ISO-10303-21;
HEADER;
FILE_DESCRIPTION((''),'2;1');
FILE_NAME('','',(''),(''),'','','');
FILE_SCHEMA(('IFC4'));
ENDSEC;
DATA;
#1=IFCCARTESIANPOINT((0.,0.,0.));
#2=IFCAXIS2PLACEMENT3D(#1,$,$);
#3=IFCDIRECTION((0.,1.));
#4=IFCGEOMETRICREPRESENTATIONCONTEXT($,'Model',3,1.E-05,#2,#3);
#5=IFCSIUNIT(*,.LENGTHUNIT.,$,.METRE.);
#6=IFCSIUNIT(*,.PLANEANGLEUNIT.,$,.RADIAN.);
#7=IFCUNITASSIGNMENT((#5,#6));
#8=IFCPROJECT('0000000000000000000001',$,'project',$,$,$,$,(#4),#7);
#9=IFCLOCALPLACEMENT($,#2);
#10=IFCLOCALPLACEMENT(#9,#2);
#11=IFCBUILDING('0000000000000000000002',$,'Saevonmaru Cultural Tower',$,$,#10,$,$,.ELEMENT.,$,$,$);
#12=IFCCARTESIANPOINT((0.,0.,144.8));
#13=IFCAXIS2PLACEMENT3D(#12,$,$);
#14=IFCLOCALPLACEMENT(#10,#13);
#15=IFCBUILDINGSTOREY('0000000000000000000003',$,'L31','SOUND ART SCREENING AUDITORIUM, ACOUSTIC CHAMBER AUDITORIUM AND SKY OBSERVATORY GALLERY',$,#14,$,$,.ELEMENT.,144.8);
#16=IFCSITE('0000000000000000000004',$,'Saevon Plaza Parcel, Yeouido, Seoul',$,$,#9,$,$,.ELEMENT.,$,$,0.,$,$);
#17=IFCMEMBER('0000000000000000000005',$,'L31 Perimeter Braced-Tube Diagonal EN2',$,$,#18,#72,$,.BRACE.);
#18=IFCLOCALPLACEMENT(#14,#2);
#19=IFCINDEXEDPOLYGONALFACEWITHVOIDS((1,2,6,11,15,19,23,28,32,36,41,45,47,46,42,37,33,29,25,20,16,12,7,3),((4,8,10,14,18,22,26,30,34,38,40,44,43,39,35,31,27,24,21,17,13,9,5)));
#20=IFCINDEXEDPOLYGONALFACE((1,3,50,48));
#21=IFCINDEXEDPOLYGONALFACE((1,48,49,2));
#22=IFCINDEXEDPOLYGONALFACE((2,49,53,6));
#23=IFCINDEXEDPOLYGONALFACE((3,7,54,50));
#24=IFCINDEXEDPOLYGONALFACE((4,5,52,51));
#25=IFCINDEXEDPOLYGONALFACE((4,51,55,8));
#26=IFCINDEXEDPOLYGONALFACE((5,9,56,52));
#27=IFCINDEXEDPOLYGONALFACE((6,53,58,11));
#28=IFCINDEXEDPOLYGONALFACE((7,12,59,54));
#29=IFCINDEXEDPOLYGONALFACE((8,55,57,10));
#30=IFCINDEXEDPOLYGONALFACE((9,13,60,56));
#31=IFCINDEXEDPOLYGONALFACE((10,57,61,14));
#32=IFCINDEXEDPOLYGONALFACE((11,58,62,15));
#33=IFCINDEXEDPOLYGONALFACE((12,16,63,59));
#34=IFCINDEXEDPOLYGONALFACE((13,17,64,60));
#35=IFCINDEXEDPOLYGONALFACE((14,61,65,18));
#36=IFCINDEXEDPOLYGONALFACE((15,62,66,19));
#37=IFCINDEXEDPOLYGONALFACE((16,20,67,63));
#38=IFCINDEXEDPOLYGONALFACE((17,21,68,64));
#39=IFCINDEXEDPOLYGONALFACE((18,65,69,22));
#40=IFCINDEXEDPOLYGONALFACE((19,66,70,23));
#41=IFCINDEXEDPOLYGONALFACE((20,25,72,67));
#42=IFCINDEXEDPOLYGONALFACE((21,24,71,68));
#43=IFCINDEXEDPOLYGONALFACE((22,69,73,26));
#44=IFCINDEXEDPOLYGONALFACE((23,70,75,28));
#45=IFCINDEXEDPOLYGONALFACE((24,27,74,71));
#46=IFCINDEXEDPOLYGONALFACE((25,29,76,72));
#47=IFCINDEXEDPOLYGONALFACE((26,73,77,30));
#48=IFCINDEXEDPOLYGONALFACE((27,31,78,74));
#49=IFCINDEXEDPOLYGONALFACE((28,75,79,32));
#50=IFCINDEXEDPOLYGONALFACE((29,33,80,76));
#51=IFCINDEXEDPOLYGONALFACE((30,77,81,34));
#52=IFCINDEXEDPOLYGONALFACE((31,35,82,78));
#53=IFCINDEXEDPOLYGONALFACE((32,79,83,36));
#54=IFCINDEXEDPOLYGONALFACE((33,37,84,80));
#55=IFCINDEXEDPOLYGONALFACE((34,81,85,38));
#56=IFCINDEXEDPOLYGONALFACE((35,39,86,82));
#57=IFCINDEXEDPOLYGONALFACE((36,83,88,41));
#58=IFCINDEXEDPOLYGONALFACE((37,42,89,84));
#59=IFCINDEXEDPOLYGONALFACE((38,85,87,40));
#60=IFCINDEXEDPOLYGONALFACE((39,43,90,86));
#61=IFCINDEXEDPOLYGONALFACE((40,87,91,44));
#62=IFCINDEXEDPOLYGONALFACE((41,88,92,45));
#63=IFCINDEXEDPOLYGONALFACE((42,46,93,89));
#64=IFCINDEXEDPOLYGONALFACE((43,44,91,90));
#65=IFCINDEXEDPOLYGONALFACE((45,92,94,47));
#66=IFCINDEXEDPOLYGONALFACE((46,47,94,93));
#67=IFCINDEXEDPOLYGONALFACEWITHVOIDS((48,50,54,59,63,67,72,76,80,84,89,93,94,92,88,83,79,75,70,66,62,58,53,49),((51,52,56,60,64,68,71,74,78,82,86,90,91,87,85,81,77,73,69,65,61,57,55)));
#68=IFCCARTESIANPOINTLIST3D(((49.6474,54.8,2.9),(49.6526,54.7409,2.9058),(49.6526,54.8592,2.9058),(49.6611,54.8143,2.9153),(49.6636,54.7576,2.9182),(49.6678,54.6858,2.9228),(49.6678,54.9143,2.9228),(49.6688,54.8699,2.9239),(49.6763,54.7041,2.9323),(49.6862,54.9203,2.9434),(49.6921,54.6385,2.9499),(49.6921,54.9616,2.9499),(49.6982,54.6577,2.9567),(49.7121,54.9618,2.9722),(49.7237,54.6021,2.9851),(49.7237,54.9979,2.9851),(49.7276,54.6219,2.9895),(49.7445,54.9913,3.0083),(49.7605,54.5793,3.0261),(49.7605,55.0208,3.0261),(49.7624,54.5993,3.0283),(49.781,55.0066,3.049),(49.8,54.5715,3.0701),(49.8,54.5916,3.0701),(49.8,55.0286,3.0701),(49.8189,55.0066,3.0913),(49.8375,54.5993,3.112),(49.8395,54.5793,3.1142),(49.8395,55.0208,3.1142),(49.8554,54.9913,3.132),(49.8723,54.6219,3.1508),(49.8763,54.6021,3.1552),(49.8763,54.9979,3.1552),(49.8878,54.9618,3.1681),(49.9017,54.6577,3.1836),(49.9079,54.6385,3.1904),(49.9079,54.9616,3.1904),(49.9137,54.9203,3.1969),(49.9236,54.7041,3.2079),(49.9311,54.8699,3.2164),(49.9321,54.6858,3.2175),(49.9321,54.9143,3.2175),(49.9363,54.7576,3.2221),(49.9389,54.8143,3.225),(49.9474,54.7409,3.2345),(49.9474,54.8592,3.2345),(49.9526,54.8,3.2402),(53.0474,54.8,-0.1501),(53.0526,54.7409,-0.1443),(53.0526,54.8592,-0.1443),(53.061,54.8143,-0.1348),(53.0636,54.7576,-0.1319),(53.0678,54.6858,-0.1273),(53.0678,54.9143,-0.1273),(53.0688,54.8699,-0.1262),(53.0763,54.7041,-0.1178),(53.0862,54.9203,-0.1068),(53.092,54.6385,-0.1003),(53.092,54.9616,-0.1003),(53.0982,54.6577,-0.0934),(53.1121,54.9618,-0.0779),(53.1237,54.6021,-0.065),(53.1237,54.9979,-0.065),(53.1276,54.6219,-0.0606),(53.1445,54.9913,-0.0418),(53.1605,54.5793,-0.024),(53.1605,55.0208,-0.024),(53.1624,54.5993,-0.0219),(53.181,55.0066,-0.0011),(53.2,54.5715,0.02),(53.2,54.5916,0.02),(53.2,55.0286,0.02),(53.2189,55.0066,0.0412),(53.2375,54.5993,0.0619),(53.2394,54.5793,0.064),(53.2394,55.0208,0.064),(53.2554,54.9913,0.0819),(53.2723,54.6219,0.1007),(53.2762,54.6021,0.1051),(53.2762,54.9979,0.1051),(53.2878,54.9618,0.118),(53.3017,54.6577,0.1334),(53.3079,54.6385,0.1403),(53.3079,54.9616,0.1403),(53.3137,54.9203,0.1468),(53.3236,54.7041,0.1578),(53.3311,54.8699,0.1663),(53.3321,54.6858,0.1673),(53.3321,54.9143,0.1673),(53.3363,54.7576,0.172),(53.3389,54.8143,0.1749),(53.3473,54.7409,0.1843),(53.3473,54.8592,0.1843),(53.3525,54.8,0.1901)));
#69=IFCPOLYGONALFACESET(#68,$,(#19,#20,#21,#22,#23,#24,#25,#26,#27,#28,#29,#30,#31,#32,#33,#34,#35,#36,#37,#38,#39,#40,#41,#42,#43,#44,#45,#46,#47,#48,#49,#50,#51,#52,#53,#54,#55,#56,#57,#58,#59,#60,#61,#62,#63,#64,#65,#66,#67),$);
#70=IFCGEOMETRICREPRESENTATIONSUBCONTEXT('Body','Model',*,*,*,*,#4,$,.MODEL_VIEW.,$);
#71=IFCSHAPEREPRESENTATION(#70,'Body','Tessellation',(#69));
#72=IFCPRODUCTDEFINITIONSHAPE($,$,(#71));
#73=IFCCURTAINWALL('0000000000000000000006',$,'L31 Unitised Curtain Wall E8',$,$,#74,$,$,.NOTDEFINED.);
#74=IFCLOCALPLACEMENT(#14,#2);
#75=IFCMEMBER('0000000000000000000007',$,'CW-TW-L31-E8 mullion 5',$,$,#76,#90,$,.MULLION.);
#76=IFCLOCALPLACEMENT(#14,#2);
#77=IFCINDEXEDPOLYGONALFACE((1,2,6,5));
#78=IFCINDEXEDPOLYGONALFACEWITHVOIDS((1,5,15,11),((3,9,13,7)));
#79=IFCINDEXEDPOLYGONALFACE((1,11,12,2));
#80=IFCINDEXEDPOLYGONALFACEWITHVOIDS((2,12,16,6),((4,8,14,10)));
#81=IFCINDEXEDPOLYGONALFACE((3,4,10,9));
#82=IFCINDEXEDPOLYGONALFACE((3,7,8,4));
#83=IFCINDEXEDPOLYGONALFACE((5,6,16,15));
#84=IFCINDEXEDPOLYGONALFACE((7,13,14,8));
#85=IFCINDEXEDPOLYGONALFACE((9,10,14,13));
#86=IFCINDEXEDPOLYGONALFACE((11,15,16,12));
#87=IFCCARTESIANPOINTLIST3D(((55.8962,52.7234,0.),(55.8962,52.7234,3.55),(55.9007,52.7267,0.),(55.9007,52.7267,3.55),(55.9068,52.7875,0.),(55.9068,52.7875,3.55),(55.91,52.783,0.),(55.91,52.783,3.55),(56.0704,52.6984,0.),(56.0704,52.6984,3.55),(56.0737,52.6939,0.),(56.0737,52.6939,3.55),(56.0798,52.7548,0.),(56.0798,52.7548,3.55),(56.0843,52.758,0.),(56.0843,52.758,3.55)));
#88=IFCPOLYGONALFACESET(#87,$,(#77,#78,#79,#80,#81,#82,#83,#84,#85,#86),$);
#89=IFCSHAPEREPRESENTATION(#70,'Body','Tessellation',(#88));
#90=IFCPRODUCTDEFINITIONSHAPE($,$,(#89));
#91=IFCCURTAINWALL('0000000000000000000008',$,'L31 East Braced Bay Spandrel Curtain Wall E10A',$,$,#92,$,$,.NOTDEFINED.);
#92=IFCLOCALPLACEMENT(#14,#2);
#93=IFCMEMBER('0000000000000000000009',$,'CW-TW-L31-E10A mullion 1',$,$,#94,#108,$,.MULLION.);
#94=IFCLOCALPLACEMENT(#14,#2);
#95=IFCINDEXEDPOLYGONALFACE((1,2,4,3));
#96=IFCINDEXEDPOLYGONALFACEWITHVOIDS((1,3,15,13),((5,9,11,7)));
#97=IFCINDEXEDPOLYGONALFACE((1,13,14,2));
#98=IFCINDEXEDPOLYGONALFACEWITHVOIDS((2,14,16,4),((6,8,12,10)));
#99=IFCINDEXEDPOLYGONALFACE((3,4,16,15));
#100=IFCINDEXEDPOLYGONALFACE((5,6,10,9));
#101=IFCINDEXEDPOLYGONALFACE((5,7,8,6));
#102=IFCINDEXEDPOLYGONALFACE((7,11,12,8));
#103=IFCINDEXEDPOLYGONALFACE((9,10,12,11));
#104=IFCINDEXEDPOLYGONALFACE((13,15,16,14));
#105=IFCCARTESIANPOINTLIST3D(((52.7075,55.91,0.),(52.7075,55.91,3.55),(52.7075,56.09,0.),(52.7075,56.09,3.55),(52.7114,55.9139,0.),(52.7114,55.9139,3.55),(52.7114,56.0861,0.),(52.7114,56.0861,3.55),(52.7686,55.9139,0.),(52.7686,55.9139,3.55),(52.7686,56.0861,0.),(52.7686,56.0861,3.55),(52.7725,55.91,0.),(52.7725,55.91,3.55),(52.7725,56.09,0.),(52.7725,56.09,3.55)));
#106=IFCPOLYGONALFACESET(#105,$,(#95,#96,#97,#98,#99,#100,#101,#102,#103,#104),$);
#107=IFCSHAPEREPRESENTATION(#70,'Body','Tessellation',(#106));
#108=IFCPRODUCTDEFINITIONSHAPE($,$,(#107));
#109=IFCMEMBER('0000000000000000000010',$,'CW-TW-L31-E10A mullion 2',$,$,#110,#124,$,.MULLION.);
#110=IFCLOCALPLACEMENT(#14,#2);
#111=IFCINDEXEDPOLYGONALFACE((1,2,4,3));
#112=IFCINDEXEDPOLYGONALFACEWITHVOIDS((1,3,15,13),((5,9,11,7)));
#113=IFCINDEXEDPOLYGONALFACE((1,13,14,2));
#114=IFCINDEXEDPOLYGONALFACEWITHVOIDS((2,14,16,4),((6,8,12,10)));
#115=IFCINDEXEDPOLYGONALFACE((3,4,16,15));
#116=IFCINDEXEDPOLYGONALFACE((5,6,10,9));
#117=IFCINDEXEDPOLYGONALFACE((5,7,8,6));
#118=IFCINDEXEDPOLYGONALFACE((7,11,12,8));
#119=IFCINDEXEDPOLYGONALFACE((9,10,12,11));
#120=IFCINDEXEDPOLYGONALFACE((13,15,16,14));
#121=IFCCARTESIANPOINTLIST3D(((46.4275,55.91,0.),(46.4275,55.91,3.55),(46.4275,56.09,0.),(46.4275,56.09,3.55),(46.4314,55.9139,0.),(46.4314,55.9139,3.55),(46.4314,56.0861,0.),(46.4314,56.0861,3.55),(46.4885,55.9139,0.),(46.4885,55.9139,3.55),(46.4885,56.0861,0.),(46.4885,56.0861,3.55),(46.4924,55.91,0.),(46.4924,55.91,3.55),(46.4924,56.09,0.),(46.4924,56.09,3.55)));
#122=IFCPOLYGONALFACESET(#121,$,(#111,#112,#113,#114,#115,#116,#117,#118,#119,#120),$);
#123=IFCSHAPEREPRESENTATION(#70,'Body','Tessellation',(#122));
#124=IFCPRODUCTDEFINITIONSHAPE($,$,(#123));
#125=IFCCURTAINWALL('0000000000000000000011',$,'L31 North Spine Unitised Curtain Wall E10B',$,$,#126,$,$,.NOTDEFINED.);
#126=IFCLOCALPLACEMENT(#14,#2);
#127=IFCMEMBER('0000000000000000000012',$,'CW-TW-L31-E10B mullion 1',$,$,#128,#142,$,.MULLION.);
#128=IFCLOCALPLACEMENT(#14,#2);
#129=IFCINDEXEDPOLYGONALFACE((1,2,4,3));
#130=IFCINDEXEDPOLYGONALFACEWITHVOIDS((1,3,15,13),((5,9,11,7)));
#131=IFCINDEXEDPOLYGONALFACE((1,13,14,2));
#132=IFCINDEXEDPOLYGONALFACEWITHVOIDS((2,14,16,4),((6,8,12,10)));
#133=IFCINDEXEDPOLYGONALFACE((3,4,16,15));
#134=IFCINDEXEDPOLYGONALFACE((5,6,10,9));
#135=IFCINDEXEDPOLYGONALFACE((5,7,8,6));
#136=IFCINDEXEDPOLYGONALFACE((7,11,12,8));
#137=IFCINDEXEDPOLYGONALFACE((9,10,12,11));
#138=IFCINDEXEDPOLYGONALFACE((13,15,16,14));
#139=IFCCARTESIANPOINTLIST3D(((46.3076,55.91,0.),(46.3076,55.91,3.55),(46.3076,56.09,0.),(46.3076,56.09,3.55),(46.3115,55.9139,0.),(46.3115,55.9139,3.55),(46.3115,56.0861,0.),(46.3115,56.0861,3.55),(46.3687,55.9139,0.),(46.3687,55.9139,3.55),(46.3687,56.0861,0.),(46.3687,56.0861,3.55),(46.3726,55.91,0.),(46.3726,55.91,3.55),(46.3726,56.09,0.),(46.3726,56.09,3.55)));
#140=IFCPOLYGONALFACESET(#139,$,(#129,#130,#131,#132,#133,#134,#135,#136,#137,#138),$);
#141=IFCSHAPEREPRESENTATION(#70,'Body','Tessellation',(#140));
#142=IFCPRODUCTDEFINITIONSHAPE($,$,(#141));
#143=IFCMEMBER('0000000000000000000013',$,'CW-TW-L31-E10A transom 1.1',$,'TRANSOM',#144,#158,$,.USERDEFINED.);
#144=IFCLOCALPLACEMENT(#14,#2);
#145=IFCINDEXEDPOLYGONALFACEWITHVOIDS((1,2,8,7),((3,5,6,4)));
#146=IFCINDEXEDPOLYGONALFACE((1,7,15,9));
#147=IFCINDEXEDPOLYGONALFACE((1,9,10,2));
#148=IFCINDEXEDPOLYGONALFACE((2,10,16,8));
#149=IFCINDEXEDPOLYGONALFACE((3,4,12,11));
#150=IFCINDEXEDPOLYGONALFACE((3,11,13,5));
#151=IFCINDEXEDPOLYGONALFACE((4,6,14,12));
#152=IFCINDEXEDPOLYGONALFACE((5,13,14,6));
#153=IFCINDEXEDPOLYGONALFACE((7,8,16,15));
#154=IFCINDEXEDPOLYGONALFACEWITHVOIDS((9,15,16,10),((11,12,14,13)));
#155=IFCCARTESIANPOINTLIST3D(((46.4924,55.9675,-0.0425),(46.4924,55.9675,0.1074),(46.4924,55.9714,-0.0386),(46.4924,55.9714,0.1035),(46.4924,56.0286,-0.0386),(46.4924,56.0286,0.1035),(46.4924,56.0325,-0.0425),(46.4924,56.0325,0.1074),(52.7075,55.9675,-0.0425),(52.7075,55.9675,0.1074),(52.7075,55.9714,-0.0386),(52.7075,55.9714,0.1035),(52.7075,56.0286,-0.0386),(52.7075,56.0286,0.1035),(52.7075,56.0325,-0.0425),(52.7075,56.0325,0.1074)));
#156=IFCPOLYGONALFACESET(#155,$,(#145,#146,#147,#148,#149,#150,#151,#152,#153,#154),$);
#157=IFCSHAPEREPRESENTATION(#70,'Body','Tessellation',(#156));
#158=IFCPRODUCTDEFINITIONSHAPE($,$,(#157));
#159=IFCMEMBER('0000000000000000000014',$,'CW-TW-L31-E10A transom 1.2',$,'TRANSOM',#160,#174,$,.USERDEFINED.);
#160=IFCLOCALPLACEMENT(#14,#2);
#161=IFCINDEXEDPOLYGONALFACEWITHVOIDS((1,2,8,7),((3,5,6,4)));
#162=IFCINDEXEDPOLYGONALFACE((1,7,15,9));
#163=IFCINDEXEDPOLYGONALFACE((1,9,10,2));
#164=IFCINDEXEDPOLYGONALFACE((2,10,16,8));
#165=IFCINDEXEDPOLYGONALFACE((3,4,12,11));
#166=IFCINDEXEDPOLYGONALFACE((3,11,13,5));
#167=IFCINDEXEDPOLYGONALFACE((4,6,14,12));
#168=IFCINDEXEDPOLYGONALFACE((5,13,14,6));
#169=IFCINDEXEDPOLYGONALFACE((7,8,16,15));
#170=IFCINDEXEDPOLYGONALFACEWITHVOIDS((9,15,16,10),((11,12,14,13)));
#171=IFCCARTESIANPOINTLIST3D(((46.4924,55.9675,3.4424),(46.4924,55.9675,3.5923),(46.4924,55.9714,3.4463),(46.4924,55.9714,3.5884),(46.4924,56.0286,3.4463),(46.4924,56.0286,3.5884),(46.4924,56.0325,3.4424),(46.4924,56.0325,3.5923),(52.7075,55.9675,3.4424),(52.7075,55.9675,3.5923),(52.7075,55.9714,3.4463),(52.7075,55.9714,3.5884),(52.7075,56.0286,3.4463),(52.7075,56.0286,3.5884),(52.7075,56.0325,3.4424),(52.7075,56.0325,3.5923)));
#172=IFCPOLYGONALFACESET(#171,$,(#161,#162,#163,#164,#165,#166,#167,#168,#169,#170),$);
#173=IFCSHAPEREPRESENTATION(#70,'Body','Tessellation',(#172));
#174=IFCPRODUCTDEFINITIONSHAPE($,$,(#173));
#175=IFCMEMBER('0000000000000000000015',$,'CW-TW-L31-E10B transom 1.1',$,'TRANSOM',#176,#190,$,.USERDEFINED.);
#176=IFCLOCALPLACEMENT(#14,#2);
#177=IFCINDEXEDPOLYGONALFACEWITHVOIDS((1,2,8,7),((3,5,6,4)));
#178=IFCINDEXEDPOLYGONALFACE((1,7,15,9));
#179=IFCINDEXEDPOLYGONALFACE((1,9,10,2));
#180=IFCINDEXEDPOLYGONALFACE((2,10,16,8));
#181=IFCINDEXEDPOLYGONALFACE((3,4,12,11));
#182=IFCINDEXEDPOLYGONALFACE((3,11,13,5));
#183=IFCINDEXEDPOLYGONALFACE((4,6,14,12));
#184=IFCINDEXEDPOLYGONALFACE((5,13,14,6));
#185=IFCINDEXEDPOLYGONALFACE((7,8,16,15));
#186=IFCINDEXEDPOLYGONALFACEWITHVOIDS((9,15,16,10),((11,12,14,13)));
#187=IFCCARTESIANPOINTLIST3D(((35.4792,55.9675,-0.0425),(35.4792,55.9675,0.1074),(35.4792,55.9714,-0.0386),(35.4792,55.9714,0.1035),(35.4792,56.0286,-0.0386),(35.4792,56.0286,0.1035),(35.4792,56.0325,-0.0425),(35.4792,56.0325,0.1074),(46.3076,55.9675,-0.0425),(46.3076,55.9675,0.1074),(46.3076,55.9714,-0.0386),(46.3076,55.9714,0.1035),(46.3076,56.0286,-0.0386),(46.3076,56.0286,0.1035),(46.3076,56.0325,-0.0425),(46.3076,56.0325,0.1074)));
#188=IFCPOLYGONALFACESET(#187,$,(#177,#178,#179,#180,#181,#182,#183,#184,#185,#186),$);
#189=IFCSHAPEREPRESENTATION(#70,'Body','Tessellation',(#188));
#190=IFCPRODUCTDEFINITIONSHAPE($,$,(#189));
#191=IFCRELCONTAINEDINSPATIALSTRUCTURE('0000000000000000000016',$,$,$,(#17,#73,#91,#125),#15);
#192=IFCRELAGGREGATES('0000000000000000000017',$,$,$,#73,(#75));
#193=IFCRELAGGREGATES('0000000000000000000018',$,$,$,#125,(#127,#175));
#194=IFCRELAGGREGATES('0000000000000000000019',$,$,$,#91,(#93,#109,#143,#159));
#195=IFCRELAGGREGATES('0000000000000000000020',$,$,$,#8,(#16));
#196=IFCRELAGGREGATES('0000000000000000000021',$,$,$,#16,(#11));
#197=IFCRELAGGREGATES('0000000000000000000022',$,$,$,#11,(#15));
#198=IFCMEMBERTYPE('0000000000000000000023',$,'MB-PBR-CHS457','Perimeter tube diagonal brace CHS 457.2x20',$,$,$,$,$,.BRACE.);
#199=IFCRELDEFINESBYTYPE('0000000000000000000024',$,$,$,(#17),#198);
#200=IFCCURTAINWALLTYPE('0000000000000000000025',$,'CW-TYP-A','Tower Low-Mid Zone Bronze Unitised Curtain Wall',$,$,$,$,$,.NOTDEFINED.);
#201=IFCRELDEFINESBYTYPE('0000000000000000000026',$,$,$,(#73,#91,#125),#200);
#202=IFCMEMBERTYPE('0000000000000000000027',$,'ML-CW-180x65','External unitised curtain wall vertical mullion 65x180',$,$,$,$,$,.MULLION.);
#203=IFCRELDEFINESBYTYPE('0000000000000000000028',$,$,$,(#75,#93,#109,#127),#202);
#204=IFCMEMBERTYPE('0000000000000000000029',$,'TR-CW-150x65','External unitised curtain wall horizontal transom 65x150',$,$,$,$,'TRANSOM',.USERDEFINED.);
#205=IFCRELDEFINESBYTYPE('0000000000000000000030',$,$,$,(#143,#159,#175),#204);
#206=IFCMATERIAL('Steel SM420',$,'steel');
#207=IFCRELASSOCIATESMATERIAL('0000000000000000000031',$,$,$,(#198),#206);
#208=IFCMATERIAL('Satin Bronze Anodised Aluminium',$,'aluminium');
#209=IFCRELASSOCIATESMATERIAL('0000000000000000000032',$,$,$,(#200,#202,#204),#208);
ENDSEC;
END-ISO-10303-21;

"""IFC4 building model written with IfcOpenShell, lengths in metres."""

from ifc_helpers import new_model, si_unit, direction, frame, origin, origin_2d, place, context, subcontext, project, spatial, hollow_rectangle, hollow_circle, extrude, material, material_profile, profile_set, type_object, element, aggregate, save


model = new_model("IFC4")

# Units and contexts
model_context = context("Model", 3, precision=1e-05, world=origin(), true_north=direction((0.0, 1.0)))
body_context = subcontext(model_context, "Body", "Model", "MODEL_VIEW")
ifc_project = project(units=[si_unit("LENGTHUNIT", "METRE"), si_unit("PLANEANGLEUNIT", "RADIAN")], contexts=[model_context])

# Site, building, storey
site_placement = place(None, origin())
site = spatial("IfcSite", under=ifc_project, at=site_placement, Name="Saevon Plaza Parcel, Yeouido, Seoul", CompositionType="ELEMENT", RefElevation=0.0)
building_placement = place(site_placement, origin())
building = spatial("IfcBuilding", under=site, at=building_placement, Name="Saevonmaru Cultural Tower", CompositionType="ELEMENT")
storey_placement = place(building_placement, frame((0.0, 0.0, 144.8)))
storey = spatial("IfcBuildingStorey", under=building, at=storey_placement, Name="L31", Description="SOUND ART SCREENING AUDITORIUM, ACOUSTIC CHAMBER AUDITORIUM AND SKY OBSERVATORY GALLERY", CompositionType="ELEMENT", Elevation=144.8)

# Shared definitions
ifc_material_1 = material(Name="Steel SM420", Category="steel")

# Member
ifc_material_profile_1 = material_profile(ifc_material_1, hollow_circle(Radius=0.2285, WallThickness=0.02, at=origin_2d()), Name="CHS-457.2x20")
ifc_profile_set_1 = profile_set([ifc_material_profile_1], Name="Steel SM420")
member_type_1 = type_object("IfcMemberType", Name="MB-PBR-CHS457", Description="Perimeter tube diagonal brace CHS 457.2x20", PredefinedType="BRACE", material=ifc_profile_set_1)
for number, where, z_axis, x_axis, name in (
    (1, (53.2, 54.8, 0.02), (-0.744367, 0.0, 0.667771), (0.0, -1.0, 0.0), "L31 Perimeter Braced-Tube Diagonal EN2"),
):
    element("IfcMember", number, at=place(storey_placement, frame(where, z_axis=z_axis, x_axis=x_axis)), inside=storey, type_object=member_type_1, Name=name, PredefinedType="BRACE", context=body_context, shape_type="SweptSolid", body=[
        extrude(hollow_circle(Radius=0.2285, WallThickness=0.02, at=origin_2d()), origin(), (0.0, 0.0, 1.0), 4.5676),
    ])

# Curtain wall, member
ifc_material_2 = material(Name="Satin Bronze Anodised Aluminium", Category="aluminium")
curtain_wall_type = type_object("IfcCurtainWallType", Name="CW-TYP-A", Description="Tower Low-Mid Zone Bronze Unitised Curtain Wall", PredefinedType="NOTDEFINED", material=ifc_material_2)
curtain_wall_1_placement = place(storey_placement, origin())
curtain_wall_1 = element("IfcCurtainWall", 2, at=curtain_wall_1_placement, inside=storey, type_object=curtain_wall_type, Name="L31 Unitised Curtain Wall E8", PredefinedType="NOTDEFINED")
ifc_material_profile_2 = material_profile(ifc_material_2, hollow_rectangle(XDim=0.0649, YDim=0.1799, WallThickness=0.0039, at=origin_2d()), Name="ALU-MULL-180x65x4")
ifc_profile_set_2 = profile_set([ifc_material_profile_2], Name="Satin Bronze Anodised Aluminium")
member_type_2 = type_object("IfcMemberType", Name="ML-CW-180x65", Description="External unitised curtain wall vertical mullion 65x180", PredefinedType="MULLION", material=ifc_profile_set_2)
member_1_placement = place(storey_placement, frame((55.9902, 52.7407, 0.0), z_axis=(0.0, 0.0, 1.0), x_axis=(0.163999, 0.986461, 0.0)))
member_1 = element("IfcMember", 3, at=member_1_placement, type_object=member_type_2, Name="CW-TW-L31-E8 mullion 5", PredefinedType="MULLION", context=body_context, shape_type="SweptSolid", body=[
    extrude(hollow_rectangle(XDim=0.0649, YDim=0.1799, WallThickness=0.0039, at=origin_2d()), origin(), (0.0, 0.0, 1.0), 3.55),
])
aggregate(curtain_wall_1, [member_1])

# Curtain wall, members
curtain_wall_2_placement = place(storey_placement, origin())
curtain_wall_2 = element("IfcCurtainWall", 4, at=curtain_wall_2_placement, inside=storey, type_object=curtain_wall_type, Name="L31 East Braced Bay Spandrel Curtain Wall E10A", PredefinedType="NOTDEFINED")
member_2_placement = place(storey_placement, frame((52.74, 56.0, 0.0), z_axis=(0.0, 0.0, 1.0), x_axis=(-1.0, 0.0, 0.0)))
member_2 = element("IfcMember", 5, at=member_2_placement, type_object=member_type_2, Name="CW-TW-L31-E10A mullion 1", PredefinedType="MULLION", context=body_context, shape_type="SweptSolid", body=[
    extrude(hollow_rectangle(XDim=0.0649, YDim=0.1799, WallThickness=0.0039, at=origin_2d()), origin(), (0.0, 0.0, 1.0), 3.55),
])
member_3_placement = place(storey_placement, frame((46.46, 56.0, 0.0), z_axis=(0.0, 0.0, 1.0), x_axis=(-1.0, 0.0, 0.0)))
member_3 = element("IfcMember", 6, at=member_3_placement, type_object=member_type_2, Name="CW-TW-L31-E10A mullion 2", PredefinedType="MULLION", context=body_context, shape_type="SweptSolid", body=[
    extrude(hollow_rectangle(XDim=0.0649, YDim=0.1799, WallThickness=0.0039, at=origin_2d()), origin(), (0.0, 0.0, 1.0), 3.55),
])

# Curtain wall, member
curtain_wall_3_placement = place(storey_placement, origin())
curtain_wall_3 = element("IfcCurtainWall", 7, at=curtain_wall_3_placement, inside=storey, type_object=curtain_wall_type, Name="L31 North Spine Unitised Curtain Wall E10B", PredefinedType="NOTDEFINED")
member_4_placement = place(storey_placement, frame((46.3401, 56.0, 0.0), z_axis=(0.0, 0.0, 1.0), x_axis=(-1.0, 0.0, 0.0)))
member_4 = element("IfcMember", 8, at=member_4_placement, type_object=member_type_2, Name="CW-TW-L31-E10B mullion 1", PredefinedType="MULLION", context=body_context, shape_type="SweptSolid", body=[
    extrude(hollow_rectangle(XDim=0.0649, YDim=0.1799, WallThickness=0.0039, at=origin_2d()), origin(), (0.0, 0.0, 1.0), 3.55),
])

# Members
ifc_material_profile_3 = material_profile(ifc_material_2, hollow_rectangle(XDim=0.0649, YDim=0.1499, WallThickness=0.0039, at=origin_2d()), Name="ALU-TRAN-150x65x4")
ifc_profile_set_3 = profile_set([ifc_material_profile_3], Name="Satin Bronze Anodised Aluminium")
member_type_3 = type_object("IfcMemberType", Name="TR-CW-150x65", Description="External unitised curtain wall horizontal transom 65x150", ElementType="TRANSOM", PredefinedType="USERDEFINED", material=ifc_profile_set_3)
member_5_placement = place(storey_placement, frame((52.7075, 56.0, 0.0325), z_axis=(-1.0, 0.0, 0.0), x_axis=(0.0, -1.0, 0.0)))
member_5 = element("IfcMember", 9, at=member_5_placement, type_object=member_type_3, Name="CW-TW-L31-E10A transom 1.1", ObjectType="TRANSOM", PredefinedType="USERDEFINED", context=body_context, shape_type="SweptSolid", body=[
    extrude(hollow_rectangle(XDim=0.0649, YDim=0.1499, WallThickness=0.0039, at=origin_2d()), origin(), (0.0, 0.0, 1.0), 6.2151),
])
member_6_placement = place(storey_placement, frame((52.7075, 56.0, 3.5173), z_axis=(-1.0, 0.0, 0.0), x_axis=(0.0, -1.0, 0.0)))
member_6 = element("IfcMember", 10, at=member_6_placement, type_object=member_type_3, Name="CW-TW-L31-E10A transom 1.2", ObjectType="TRANSOM", PredefinedType="USERDEFINED", context=body_context, shape_type="SweptSolid", body=[
    extrude(hollow_rectangle(XDim=0.0649, YDim=0.1499, WallThickness=0.0039, at=origin_2d()), origin(), (0.0, 0.0, 1.0), 6.2151),
])
member_7_placement = place(storey_placement, frame((46.3076, 56.0, 0.0325), z_axis=(-1.0, 0.0, 0.0), x_axis=(0.0, -1.0, 0.0)))
member_7 = element("IfcMember", 11, at=member_7_placement, type_object=member_type_3, Name="CW-TW-L31-E10B transom 1.1", ObjectType="TRANSOM", PredefinedType="USERDEFINED", context=body_context, shape_type="SweptSolid", body=[
    extrude(hollow_rectangle(XDim=0.0649, YDim=0.1499, WallThickness=0.0039, at=origin_2d()), origin(), (0.0, 0.0, 1.0), 10.8284),
])
aggregate(curtain_wall_3, [member_4, member_7])

aggregate(curtain_wall_2, [member_2, member_3, member_5, member_6])

save(model, "model.ifc")
